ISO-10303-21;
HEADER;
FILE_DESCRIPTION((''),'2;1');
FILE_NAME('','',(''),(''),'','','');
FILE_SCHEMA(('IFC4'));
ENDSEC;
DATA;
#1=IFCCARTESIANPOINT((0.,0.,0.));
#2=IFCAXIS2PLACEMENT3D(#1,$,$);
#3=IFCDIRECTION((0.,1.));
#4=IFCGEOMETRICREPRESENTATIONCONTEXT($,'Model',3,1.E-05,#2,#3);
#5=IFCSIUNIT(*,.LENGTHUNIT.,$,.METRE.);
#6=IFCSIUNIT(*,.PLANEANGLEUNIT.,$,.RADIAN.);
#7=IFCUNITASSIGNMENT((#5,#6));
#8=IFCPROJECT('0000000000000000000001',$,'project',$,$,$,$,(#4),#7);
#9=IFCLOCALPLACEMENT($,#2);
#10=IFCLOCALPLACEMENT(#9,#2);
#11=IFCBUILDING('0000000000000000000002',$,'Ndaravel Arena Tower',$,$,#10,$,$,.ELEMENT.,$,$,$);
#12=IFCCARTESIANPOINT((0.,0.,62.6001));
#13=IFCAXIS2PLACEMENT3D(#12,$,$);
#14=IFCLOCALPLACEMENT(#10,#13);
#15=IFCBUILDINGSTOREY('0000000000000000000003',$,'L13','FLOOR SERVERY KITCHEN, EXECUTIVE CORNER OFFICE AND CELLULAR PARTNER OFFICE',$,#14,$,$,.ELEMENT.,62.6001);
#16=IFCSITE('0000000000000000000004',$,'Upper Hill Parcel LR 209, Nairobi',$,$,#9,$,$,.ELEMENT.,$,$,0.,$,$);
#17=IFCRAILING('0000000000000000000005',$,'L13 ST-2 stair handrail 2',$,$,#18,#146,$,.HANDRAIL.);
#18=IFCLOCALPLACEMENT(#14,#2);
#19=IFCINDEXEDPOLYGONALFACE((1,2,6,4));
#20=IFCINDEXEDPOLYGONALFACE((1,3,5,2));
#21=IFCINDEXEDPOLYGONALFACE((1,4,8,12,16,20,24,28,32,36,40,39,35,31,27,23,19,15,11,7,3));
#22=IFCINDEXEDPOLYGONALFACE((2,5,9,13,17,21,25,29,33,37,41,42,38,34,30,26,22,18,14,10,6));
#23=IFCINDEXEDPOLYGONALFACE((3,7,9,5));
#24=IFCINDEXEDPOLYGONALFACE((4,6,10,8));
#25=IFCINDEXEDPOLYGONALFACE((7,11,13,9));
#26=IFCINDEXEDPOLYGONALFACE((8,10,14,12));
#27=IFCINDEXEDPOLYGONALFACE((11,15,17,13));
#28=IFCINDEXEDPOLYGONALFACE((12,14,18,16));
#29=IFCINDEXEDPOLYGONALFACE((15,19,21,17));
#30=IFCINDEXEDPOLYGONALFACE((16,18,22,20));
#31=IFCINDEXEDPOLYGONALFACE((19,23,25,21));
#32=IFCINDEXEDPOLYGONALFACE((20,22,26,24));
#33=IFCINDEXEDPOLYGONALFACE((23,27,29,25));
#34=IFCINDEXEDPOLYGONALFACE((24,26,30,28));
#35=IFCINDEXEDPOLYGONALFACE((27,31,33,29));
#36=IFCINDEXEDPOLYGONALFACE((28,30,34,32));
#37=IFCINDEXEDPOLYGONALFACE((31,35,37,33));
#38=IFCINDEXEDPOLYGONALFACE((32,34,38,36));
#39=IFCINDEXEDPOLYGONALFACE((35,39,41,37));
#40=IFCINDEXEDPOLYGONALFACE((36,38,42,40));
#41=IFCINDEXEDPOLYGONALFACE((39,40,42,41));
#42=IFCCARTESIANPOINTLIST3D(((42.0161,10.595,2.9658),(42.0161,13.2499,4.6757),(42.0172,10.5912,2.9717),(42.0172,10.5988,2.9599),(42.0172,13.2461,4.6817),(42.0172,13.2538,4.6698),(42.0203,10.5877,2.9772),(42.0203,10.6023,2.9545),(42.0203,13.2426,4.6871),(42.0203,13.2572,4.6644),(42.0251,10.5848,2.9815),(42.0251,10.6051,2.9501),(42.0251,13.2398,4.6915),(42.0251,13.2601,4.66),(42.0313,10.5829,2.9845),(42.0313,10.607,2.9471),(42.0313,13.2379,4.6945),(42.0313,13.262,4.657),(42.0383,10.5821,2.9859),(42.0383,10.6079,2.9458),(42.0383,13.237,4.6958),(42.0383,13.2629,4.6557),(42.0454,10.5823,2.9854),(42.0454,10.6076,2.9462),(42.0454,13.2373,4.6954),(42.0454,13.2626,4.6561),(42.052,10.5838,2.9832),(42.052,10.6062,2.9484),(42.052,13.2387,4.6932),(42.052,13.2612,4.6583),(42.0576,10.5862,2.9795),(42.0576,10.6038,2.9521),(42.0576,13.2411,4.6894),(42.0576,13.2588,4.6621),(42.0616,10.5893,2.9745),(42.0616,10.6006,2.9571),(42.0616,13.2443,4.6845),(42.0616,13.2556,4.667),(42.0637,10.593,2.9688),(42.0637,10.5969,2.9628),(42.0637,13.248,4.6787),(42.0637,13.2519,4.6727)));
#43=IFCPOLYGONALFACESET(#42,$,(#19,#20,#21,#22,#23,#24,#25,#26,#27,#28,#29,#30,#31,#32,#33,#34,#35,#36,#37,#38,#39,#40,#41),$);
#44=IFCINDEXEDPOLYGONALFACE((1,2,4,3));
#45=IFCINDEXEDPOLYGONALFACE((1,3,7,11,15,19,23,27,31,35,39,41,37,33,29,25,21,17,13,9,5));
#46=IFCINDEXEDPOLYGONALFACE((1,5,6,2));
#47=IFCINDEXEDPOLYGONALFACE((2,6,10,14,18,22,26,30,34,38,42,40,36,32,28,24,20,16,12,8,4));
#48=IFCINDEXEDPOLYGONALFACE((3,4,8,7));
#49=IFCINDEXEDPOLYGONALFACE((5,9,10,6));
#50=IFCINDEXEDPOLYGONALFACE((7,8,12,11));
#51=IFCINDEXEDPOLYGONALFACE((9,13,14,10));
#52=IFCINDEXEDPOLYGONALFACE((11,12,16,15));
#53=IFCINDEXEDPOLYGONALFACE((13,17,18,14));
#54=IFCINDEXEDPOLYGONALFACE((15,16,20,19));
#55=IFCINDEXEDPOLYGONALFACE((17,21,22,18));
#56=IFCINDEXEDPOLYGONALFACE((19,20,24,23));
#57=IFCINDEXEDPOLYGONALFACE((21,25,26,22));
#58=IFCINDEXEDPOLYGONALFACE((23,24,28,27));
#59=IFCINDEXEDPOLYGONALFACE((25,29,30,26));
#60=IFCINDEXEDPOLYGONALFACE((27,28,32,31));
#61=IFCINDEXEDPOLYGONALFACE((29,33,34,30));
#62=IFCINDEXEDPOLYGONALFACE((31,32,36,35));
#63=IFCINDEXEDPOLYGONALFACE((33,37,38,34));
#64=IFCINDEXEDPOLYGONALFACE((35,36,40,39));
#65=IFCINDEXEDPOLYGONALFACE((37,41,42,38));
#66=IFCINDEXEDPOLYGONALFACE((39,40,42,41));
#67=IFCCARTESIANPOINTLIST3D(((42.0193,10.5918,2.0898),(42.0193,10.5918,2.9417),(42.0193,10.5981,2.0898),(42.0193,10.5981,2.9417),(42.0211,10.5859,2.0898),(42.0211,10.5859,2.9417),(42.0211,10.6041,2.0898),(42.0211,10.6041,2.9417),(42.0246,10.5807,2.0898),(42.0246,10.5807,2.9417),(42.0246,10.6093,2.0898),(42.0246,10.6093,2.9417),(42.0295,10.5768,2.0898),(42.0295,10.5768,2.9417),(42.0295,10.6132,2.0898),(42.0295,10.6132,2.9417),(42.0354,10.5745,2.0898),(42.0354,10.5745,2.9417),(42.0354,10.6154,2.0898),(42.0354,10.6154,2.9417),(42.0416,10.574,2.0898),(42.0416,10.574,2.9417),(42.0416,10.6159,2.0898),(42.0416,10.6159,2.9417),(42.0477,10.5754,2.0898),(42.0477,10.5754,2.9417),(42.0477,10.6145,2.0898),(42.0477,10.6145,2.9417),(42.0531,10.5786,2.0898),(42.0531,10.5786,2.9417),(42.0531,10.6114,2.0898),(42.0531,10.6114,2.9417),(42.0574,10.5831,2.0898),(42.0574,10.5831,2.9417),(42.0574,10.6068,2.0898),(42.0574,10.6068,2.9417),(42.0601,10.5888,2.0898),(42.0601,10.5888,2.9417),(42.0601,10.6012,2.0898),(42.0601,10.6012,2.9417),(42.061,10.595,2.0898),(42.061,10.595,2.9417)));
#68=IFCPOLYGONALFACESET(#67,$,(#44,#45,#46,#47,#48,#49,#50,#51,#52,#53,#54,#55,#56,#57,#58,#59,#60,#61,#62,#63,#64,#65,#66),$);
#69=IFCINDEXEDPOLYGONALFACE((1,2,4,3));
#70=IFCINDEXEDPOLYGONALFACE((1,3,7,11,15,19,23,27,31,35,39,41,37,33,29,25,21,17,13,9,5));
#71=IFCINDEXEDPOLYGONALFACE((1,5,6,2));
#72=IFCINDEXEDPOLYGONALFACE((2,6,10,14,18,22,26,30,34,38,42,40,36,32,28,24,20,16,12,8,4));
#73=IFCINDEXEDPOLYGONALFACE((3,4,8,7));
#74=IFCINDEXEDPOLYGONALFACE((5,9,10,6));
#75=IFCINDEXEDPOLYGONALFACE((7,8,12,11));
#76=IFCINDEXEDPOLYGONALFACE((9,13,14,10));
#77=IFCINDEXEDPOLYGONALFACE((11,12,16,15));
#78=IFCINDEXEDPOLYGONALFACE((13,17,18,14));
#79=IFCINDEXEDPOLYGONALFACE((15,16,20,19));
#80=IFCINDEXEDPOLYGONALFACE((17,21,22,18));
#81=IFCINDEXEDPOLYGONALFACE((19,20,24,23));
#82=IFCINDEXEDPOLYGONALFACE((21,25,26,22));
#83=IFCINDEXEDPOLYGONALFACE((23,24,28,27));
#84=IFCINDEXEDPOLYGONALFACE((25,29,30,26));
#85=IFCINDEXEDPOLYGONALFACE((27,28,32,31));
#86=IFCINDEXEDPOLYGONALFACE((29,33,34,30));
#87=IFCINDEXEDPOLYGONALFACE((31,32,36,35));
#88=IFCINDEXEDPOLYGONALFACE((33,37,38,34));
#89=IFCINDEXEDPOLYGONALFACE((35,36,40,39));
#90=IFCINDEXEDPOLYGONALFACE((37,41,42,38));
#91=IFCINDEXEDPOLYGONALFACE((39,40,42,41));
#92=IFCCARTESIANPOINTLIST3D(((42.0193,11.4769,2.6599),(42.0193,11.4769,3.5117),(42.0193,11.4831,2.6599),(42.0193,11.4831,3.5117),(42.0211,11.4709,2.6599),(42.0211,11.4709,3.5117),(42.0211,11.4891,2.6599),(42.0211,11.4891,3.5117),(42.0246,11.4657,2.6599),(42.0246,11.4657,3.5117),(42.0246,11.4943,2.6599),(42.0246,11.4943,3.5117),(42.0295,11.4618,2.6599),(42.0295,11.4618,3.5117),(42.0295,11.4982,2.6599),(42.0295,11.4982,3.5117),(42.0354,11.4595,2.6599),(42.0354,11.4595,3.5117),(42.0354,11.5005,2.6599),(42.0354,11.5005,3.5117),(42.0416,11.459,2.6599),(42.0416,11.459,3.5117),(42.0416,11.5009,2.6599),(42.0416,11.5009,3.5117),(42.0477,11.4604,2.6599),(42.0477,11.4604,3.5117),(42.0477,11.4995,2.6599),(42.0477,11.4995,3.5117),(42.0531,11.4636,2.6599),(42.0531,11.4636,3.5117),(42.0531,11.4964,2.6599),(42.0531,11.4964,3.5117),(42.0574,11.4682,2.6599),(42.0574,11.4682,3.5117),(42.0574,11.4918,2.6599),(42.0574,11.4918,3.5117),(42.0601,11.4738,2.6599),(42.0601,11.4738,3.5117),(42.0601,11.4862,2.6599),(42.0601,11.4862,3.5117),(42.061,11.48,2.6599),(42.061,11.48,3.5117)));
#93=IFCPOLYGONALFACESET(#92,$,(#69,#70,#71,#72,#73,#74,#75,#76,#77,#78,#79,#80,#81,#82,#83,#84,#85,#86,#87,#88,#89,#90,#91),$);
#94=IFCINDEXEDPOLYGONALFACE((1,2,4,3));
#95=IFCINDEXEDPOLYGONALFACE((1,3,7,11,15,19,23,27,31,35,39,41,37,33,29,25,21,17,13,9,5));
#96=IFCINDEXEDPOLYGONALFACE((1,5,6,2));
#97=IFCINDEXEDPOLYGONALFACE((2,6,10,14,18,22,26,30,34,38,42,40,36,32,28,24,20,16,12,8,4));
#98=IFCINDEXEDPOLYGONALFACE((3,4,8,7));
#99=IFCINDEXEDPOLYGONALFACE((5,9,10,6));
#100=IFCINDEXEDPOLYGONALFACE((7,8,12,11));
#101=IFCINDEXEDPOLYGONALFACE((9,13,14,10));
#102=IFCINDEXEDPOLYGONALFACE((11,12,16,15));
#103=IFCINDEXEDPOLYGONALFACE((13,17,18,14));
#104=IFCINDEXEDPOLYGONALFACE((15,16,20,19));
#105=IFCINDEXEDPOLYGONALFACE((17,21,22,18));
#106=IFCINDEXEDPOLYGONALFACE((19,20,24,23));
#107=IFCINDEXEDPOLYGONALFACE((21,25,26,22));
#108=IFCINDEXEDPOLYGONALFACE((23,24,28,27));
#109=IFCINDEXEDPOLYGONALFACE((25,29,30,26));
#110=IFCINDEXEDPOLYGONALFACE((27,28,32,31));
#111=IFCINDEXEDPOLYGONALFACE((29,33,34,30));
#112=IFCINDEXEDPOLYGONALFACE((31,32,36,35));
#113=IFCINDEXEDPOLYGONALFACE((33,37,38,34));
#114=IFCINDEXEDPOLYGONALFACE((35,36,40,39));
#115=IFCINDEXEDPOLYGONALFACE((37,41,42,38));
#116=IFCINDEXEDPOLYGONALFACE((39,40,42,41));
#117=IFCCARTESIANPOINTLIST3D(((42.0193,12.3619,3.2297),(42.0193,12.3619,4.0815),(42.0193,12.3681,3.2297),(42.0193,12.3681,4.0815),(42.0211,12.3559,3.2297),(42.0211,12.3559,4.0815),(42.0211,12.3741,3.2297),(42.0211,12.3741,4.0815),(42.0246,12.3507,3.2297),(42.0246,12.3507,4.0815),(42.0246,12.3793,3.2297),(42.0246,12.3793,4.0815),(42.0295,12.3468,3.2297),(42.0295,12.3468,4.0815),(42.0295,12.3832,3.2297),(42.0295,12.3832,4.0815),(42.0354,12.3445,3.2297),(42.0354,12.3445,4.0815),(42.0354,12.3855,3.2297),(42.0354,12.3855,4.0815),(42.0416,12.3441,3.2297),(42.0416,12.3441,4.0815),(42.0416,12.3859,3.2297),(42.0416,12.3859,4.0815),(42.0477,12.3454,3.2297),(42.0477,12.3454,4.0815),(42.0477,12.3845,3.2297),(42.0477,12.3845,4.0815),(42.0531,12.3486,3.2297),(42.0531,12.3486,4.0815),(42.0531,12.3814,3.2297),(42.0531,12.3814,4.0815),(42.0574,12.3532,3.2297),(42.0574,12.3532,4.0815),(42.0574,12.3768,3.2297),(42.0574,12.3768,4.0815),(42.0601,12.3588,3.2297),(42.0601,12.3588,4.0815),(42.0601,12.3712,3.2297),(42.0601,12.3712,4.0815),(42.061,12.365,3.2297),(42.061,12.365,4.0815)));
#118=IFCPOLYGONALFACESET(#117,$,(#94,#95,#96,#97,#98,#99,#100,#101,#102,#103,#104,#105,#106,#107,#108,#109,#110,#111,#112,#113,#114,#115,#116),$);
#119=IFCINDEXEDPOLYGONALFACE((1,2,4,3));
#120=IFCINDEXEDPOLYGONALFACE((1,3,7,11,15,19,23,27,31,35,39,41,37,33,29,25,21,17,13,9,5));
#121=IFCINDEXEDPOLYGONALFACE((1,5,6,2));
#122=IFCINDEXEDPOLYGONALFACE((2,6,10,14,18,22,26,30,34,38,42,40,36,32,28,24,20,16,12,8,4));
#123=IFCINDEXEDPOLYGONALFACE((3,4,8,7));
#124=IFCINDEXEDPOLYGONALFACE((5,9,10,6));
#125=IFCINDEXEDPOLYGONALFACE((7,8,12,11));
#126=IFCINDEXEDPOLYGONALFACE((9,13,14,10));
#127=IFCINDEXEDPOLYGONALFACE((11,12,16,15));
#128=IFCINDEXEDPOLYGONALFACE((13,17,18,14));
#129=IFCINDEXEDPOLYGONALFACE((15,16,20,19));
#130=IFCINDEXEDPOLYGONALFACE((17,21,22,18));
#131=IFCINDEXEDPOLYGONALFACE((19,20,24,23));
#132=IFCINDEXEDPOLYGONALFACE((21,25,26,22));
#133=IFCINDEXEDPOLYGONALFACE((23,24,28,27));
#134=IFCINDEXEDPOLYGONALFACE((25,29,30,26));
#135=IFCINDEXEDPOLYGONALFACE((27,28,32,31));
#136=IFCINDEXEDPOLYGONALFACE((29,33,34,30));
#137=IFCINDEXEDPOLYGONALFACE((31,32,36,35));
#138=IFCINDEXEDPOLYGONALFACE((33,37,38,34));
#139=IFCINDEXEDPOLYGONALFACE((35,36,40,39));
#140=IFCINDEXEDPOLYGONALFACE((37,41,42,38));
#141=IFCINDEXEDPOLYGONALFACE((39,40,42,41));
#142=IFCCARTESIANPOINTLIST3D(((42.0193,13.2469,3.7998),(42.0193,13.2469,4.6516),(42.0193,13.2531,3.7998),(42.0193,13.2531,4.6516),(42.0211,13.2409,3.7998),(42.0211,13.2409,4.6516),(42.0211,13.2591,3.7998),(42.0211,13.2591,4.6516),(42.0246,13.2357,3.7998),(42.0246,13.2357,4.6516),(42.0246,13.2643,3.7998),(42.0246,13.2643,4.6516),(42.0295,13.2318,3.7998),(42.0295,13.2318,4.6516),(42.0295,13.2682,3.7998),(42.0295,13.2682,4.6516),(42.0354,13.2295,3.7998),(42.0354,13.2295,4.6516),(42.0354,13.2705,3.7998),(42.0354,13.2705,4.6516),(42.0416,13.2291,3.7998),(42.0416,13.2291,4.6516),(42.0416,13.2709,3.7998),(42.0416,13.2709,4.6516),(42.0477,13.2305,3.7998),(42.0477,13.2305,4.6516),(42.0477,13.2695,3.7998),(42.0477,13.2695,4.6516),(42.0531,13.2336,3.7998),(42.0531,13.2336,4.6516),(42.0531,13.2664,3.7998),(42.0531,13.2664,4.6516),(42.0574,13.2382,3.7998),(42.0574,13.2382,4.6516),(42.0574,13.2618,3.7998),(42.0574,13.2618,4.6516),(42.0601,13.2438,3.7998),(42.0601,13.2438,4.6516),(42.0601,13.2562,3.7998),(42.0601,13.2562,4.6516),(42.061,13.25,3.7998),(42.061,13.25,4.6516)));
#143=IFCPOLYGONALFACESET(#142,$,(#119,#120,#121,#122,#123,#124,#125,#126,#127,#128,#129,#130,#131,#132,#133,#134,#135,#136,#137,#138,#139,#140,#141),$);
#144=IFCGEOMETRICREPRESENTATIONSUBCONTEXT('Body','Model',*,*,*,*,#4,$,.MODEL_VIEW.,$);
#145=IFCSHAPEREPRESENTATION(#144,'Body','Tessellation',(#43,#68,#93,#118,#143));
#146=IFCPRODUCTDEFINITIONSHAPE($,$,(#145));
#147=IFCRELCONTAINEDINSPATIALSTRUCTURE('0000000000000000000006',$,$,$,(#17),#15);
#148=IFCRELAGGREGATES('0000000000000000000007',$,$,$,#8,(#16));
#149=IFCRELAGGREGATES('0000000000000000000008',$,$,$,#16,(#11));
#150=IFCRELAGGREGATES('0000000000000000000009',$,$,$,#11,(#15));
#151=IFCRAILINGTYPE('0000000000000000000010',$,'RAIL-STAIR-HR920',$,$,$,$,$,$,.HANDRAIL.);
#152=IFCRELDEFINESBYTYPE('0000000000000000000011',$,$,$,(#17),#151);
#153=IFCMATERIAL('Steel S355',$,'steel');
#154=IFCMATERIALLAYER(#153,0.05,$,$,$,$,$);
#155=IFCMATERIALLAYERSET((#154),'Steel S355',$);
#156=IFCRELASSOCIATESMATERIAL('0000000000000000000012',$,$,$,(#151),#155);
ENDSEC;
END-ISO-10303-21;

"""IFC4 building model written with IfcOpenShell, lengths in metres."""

from ifc_helpers import new_model, si_unit, direction, frame, origin, origin_2d, place, context, subcontext, project, spatial, circle, extrude, material, layer, layer_set, type_object, element, save


model = new_model("IFC4")

# Units and contexts
model_context = context("Model", 3, precision=1e-05, world=origin(), true_north=direction((0.0, 1.0)))
body_context = subcontext(model_context, "Body", "Model", "MODEL_VIEW")
ifc_project = project(units=[si_unit("LENGTHUNIT", "METRE"), si_unit("PLANEANGLEUNIT", "RADIAN")], contexts=[model_context])

# Site, building, storey
site_placement = place(None, origin())
site = spatial("IfcSite", under=ifc_project, at=site_placement, Name="Upper Hill Parcel LR 209, Nairobi", CompositionType="ELEMENT", RefElevation=0.0)
building_placement = place(site_placement, origin())
building = spatial("IfcBuilding", under=site, at=building_placement, Name="Ndaravel Arena Tower", CompositionType="ELEMENT")
storey_placement = place(building_placement, frame((0.0, 0.0, 62.6001)))
storey = spatial("IfcBuildingStorey", under=building, at=storey_placement, Name="L13", Description="FLOOR SERVERY KITCHEN, EXECUTIVE CORNER OFFICE AND CELLULAR PARTNER OFFICE", CompositionType="ELEMENT", Elevation=62.6001)

# Railing
ifc_material_1 = material(Name="Steel S355", Category="steel")
ifc_layer_1 = layer(ifc_material_1, 0.05)
ifc_layer_set_1 = layer_set([ifc_layer_1], Name="Steel S355")
railing_type_1 = type_object("IfcRailingType", Name="RAIL-STAIR-HR920", PredefinedType="HANDRAIL", material=ifc_layer_set_1)
railing_1_placement = place(storey_placement, frame((42.04, 10.595, 2.0898)))
element("IfcRailing", 1, at=railing_1_placement, inside=storey, type_object=railing_type_1, Name="L13 ST-2 stair handrail 2", PredefinedType="HANDRAIL", context=body_context, shape_type="SweptSolid", body=[
    extrude(circle(Radius=0.0239, at=origin_2d()), frame((0.0, 0.0, 0.876), z_axis=(0.0, 0.840724, 0.541465), x_axis=(-1.0, 0.0, 0.0)), (0.0, 0.0, 1.0), 3.158),
    extrude(circle(Radius=0.021, at=origin_2d()), origin(), (0.0, 0.0, 1.0), 0.8518),
    extrude(circle(Radius=0.021, at=origin_2d()), frame((0.0, 0.885, 0.5701)), (0.0, 0.0, 1.0), 0.8518),
    extrude(circle(Radius=0.021, at=origin_2d()), frame((0.0, 1.77, 1.1399)), (0.0, 0.0, 1.0), 0.8518),
    extrude(circle(Radius=0.021, at=origin_2d()), frame((0.0, 2.655, 1.71)), (0.0, 0.0, 1.0), 0.8518),
])

save(model, "model.ifc")
